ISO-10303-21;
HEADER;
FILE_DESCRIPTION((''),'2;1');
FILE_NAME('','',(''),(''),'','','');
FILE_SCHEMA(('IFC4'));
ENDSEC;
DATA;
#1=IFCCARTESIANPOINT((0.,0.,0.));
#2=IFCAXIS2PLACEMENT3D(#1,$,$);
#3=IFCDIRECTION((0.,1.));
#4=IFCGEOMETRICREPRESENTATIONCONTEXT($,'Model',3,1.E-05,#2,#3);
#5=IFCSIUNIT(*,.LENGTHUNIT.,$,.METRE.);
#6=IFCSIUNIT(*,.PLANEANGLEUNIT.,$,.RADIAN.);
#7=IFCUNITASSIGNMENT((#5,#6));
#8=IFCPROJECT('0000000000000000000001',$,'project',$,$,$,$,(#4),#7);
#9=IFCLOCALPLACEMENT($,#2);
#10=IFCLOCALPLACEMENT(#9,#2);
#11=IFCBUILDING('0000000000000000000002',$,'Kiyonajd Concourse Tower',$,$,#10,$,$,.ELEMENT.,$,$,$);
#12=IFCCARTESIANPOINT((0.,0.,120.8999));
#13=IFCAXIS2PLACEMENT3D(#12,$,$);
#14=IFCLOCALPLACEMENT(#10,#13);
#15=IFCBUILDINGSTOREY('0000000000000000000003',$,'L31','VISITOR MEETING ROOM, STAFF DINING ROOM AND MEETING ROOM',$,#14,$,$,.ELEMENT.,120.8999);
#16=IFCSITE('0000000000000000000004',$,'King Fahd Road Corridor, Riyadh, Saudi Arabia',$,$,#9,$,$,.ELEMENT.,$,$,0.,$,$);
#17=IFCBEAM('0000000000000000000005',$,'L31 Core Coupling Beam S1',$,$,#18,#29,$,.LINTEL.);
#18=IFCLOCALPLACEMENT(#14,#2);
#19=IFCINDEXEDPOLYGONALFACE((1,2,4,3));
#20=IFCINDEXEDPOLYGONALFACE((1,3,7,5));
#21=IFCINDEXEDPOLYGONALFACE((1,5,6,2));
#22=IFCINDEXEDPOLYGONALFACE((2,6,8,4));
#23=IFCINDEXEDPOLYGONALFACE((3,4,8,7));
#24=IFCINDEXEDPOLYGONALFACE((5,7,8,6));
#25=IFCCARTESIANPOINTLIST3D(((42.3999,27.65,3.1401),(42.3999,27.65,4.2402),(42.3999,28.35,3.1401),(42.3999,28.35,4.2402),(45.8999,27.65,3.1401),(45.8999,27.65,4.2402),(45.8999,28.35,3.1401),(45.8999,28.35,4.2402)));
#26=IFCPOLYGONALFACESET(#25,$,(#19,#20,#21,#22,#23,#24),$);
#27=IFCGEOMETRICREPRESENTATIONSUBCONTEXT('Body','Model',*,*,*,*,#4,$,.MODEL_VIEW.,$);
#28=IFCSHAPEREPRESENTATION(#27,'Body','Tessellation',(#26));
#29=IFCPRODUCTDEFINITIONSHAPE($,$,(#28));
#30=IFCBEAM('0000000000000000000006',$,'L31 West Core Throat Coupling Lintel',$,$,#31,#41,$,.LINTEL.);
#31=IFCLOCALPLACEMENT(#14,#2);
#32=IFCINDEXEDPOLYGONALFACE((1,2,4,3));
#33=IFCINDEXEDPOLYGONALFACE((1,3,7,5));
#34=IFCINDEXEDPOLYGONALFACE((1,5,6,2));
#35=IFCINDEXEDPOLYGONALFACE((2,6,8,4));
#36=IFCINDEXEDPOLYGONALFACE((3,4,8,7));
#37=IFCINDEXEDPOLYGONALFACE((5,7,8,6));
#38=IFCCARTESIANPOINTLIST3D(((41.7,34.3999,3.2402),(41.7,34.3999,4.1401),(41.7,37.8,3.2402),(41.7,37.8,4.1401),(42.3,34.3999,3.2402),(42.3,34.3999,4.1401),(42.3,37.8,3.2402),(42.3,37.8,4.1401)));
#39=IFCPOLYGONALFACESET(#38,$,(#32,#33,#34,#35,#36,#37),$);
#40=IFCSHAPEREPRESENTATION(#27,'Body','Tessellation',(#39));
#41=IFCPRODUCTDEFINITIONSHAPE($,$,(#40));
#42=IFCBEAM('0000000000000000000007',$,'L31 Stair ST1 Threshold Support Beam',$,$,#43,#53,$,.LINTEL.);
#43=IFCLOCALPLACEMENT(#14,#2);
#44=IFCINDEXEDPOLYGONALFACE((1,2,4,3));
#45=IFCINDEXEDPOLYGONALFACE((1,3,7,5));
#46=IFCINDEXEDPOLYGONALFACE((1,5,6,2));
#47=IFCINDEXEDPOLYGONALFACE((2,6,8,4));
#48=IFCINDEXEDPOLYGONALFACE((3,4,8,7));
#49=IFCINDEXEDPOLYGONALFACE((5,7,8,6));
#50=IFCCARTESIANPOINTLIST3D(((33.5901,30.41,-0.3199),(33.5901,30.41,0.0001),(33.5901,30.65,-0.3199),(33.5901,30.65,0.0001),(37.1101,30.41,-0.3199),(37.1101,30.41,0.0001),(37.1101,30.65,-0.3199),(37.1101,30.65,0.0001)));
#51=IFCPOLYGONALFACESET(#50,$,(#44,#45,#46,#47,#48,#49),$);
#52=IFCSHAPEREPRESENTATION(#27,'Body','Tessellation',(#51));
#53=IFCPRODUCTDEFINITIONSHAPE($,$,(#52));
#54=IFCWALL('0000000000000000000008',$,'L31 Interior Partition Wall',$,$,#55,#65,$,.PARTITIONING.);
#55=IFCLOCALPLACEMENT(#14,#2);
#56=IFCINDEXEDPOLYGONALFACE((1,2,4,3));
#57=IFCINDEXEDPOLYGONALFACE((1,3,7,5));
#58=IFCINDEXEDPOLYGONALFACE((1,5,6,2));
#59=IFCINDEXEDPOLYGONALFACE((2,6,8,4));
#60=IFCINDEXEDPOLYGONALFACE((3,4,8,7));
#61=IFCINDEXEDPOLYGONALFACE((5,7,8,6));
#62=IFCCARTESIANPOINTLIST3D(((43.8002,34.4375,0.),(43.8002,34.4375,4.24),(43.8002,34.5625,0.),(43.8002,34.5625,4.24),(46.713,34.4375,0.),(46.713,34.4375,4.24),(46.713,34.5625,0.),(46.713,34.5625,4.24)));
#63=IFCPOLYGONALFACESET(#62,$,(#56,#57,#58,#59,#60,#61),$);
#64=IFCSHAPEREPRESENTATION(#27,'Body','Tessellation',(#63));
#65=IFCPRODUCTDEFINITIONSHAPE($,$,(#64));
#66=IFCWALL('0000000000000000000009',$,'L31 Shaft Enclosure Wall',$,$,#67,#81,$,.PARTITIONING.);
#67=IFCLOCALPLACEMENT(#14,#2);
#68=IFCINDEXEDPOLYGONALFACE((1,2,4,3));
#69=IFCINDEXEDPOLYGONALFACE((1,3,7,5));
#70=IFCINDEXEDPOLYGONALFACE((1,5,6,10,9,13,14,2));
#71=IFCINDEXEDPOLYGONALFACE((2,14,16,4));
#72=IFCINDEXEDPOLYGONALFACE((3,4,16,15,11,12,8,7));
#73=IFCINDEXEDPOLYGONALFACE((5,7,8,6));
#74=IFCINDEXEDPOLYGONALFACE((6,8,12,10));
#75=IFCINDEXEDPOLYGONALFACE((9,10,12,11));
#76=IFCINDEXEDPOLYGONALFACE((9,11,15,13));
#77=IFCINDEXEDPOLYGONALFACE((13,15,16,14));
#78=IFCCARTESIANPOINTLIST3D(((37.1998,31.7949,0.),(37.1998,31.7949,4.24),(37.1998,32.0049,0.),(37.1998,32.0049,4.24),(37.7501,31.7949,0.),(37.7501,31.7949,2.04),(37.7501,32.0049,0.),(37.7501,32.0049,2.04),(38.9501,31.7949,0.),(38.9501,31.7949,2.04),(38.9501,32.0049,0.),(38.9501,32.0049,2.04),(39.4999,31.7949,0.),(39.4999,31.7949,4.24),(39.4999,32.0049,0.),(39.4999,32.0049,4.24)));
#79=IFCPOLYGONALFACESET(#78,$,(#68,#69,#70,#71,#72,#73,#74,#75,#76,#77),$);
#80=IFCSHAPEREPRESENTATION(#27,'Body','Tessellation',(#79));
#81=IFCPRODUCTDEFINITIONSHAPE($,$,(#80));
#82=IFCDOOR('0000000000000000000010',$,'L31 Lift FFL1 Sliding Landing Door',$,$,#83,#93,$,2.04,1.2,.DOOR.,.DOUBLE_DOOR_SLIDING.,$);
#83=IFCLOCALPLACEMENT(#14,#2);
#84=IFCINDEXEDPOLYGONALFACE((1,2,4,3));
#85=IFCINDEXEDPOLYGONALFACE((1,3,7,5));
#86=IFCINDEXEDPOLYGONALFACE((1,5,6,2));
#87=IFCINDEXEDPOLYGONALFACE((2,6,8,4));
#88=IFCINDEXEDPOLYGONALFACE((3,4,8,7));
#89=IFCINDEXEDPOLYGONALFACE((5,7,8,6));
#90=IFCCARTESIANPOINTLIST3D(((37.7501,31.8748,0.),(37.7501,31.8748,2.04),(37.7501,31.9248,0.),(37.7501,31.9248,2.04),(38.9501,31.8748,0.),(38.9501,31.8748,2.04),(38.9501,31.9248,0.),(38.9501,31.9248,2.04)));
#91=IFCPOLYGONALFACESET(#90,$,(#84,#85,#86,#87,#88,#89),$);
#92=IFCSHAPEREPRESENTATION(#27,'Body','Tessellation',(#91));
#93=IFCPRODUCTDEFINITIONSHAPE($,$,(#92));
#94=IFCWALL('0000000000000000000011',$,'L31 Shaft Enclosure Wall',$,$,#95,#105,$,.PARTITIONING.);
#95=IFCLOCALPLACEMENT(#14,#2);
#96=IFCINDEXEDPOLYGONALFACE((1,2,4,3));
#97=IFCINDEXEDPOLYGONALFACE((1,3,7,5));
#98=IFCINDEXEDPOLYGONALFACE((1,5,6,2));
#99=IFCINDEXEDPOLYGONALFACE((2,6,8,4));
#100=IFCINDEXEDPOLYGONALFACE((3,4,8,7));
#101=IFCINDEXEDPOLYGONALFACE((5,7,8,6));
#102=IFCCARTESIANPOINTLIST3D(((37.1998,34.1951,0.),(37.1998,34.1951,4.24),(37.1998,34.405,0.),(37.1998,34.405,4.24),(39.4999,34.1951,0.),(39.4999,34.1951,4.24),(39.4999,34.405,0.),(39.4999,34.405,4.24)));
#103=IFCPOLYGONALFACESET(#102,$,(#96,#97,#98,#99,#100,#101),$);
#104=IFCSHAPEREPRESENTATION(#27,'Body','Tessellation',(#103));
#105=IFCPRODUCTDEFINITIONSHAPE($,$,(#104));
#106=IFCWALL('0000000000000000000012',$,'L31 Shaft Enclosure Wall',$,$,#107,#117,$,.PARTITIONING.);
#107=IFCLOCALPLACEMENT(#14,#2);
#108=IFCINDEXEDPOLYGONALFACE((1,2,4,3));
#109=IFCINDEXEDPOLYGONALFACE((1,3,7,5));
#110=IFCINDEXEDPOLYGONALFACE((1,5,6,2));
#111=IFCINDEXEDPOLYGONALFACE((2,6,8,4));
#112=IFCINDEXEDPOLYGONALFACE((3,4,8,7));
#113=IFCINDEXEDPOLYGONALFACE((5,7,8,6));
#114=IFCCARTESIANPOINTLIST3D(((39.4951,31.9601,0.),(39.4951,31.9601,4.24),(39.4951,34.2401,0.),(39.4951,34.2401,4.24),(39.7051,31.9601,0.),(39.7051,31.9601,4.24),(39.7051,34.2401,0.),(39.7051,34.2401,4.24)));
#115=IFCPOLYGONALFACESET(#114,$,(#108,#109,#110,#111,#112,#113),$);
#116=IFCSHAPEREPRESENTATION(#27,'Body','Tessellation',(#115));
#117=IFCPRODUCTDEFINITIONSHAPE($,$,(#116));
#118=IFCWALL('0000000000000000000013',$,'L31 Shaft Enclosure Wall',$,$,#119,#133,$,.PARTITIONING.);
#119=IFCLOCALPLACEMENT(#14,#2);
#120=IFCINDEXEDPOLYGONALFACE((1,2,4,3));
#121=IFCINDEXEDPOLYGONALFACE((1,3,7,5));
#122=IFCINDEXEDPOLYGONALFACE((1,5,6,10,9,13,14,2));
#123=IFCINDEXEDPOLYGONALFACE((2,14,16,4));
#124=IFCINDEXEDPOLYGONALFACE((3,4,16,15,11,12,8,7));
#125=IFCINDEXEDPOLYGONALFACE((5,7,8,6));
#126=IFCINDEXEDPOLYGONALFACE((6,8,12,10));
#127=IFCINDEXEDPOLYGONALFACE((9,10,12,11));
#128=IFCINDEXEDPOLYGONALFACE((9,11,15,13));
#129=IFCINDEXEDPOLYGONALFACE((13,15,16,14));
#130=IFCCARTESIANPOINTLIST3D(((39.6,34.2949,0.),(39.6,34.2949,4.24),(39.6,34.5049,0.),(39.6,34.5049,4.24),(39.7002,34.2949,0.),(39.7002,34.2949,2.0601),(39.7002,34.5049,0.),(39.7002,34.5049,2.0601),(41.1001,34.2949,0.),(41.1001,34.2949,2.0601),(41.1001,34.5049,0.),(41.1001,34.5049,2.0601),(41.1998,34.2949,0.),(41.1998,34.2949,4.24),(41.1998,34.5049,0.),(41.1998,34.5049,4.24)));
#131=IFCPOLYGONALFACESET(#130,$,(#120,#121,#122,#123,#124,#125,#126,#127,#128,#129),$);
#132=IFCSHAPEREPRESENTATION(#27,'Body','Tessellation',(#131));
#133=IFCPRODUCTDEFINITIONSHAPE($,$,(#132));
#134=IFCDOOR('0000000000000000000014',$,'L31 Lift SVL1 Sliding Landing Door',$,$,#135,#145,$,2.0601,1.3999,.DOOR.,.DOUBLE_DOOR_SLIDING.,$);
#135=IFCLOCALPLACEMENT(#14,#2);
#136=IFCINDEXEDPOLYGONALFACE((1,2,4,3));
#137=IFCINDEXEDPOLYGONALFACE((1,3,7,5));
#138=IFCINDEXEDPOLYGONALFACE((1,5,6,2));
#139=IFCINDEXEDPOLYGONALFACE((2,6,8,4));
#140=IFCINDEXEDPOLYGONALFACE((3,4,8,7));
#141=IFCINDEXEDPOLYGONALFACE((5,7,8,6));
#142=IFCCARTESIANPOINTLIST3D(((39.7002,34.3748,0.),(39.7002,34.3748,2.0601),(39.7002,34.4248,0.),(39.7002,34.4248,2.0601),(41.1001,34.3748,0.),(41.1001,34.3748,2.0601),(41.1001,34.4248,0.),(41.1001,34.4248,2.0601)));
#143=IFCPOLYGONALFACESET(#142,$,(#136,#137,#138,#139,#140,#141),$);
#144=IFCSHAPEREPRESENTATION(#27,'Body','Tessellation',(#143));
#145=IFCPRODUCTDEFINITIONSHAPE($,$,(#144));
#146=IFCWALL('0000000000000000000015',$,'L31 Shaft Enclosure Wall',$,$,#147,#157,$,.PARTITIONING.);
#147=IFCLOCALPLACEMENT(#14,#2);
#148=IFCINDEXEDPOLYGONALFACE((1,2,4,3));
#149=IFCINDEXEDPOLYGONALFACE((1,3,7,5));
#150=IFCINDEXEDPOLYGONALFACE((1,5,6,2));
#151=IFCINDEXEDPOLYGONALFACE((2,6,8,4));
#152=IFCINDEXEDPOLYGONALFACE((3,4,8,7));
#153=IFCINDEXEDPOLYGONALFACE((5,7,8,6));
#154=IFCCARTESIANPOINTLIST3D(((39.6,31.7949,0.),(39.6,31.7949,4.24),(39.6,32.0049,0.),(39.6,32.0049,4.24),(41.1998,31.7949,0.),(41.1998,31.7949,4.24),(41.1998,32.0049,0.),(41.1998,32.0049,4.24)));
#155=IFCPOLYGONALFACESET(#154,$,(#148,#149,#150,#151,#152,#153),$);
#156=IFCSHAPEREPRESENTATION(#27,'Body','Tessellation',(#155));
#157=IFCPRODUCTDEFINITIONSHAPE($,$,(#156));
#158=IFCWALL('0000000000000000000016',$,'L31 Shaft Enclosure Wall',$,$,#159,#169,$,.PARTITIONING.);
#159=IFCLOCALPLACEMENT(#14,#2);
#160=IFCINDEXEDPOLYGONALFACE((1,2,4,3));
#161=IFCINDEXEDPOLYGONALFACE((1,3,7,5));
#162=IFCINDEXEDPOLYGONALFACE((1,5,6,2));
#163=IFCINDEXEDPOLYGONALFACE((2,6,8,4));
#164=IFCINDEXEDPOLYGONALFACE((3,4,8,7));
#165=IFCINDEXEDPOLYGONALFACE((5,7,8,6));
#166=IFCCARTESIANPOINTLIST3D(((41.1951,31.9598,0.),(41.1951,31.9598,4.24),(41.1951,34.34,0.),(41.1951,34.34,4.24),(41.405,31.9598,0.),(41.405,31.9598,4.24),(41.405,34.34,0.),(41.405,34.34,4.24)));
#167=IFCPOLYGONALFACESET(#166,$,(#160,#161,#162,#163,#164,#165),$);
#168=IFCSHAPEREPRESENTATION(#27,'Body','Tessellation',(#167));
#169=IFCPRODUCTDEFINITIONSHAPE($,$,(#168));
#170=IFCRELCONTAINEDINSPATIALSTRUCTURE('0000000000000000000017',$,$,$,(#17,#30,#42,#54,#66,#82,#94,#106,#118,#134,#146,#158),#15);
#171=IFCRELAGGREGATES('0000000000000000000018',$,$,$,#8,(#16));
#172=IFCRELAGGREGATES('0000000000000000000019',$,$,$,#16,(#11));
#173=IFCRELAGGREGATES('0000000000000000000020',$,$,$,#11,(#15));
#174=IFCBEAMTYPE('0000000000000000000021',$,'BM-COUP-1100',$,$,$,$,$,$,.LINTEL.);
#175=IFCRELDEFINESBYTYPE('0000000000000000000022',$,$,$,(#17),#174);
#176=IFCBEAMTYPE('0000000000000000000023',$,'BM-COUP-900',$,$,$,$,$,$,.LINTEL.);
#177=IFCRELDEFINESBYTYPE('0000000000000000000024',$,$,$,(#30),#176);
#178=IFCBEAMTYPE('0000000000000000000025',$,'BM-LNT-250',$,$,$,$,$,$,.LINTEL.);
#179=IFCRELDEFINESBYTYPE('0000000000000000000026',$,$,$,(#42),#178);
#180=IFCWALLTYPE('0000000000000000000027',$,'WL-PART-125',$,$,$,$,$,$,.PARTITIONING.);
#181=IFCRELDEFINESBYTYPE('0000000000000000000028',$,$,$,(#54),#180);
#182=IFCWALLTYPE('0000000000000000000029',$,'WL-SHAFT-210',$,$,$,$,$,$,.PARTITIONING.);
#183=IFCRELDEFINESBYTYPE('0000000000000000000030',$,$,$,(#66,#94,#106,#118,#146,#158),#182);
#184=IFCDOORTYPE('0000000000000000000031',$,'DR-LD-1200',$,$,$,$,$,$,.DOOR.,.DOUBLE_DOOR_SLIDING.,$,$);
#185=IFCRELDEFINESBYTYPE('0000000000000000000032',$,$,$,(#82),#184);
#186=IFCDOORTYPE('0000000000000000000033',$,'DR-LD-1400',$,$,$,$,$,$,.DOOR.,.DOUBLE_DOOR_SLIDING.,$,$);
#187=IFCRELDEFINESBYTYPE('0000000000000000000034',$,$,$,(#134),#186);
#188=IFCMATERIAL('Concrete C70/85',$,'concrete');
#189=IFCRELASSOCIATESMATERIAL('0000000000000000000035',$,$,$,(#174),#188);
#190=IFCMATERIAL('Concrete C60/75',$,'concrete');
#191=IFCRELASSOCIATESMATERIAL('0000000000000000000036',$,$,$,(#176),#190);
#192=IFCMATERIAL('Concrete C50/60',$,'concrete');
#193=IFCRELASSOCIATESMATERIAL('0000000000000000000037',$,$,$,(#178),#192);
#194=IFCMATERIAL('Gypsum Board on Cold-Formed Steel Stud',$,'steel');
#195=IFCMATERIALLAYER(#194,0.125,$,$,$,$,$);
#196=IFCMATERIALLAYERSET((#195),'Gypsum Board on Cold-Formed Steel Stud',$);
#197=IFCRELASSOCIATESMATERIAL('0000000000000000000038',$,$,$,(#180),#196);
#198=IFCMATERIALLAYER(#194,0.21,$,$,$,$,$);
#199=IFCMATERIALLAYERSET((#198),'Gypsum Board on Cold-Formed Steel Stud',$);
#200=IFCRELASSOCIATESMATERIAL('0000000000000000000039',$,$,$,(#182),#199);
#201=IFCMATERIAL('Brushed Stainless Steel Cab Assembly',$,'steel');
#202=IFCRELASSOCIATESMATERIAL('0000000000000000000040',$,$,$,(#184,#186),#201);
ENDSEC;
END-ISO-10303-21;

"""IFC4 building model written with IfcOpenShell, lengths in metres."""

from ifc_helpers import new_model, si_unit, direction, frame, frame_2d, origin, origin_2d, place, context, subcontext, project, spatial, rectangle, extrude, material, layer, layer_set, material_profile, profile_set, type_object, element, fill, save


model = new_model("IFC4")

# Units and contexts
model_context = context("Model", 3, precision=1e-05, world=origin(), true_north=direction((0.0, 1.0)))
body_context = subcontext(model_context, "Body", "Model", "MODEL_VIEW")
ifc_project = project(units=[si_unit("LENGTHUNIT", "METRE"), si_unit("PLANEANGLEUNIT", "RADIAN")], contexts=[model_context])

# Site, building, storey
site_placement = place(None, origin())
site = spatial("IfcSite", under=ifc_project, at=site_placement, Name="King Fahd Road Corridor, Riyadh, Saudi Arabia", CompositionType="ELEMENT", RefElevation=0.0)
building_placement = place(site_placement, origin())
building = spatial("IfcBuilding", under=site, at=building_placement, Name="Kiyonajd Concourse Tower", CompositionType="ELEMENT")
storey_placement = place(building_placement, frame((0.0, 0.0, 120.8999)))
storey = spatial("IfcBuildingStorey", under=building, at=storey_placement, Name="L31", Description="VISITOR MEETING ROOM, STAFF DINING ROOM AND MEETING ROOM", CompositionType="ELEMENT", Elevation=120.8999)

# Beams
ifc_material_1 = material(Name="Concrete C70/85", Category="concrete")
ifc_material_profile_1 = material_profile(ifc_material_1, rectangle(XDim=0.7, YDim=1.1001, at=origin_2d()), Name="RCBM-700x1100")
ifc_profile_set_1 = profile_set([ifc_material_profile_1], Name="Concrete C70/85")
beam_type_1 = type_object("IfcBeamType", Name="BM-COUP-1100", PredefinedType="LINTEL", material=ifc_profile_set_1)
beam_1_placement = place(storey_placement, frame((42.3999, 28.0, 3.6902), z_axis=(1.0, 0.0, 0.0), x_axis=(0.0, 1.0, 0.0)))
element("IfcBeam", 1, at=beam_1_placement, inside=storey, type_object=beam_type_1, Name="L31 Core Coupling Beam S1", PredefinedType="LINTEL", context=body_context, shape_type="SweptSolid", body=[
    extrude(rectangle(XDim=0.7, YDim=1.1001, at=origin_2d()), origin(), (0.0, 0.0, 1.0), 3.5),
])
ifc_material_2 = material(Name="Concrete C60/75", Category="concrete")
ifc_material_profile_2 = material_profile(ifc_material_2, rectangle(XDim=0.6001, YDim=0.8999, at=origin_2d()), Name="RCBM-600x900")
ifc_profile_set_2 = profile_set([ifc_material_profile_2], Name="Concrete C60/75")
beam_type_2 = type_object("IfcBeamType", Name="BM-COUP-900", PredefinedType="LINTEL", material=ifc_profile_set_2)
beam_2_placement = place(storey_placement, frame((42.0, 34.3999, 3.6902), z_axis=(0.0, 1.0, 0.0), x_axis=(-1.0, 0.0, 0.0)))
element("IfcBeam", 2, at=beam_2_placement, inside=storey, type_object=beam_type_2, Name="L31 West Core Throat Coupling Lintel", PredefinedType="LINTEL", context=body_context, shape_type="SweptSolid", body=[
    extrude(rectangle(XDim=0.6001, YDim=0.8999, at=origin_2d()), origin(), (0.0, 0.0, 1.0), 3.4001),
])
ifc_material_3 = material(Name="Concrete C50/60", Category="concrete")
ifc_material_profile_3 = material_profile(ifc_material_3, rectangle(XDim=0.24, YDim=0.3201, at=origin_2d()), Name="RCBM-240x320")
ifc_profile_set_3 = profile_set([ifc_material_profile_3], Name="Concrete C50/60")
beam_type_3 = type_object("IfcBeamType", Name="BM-LNT-250", PredefinedType="LINTEL", material=ifc_profile_set_3)
beam_3_placement = place(storey_placement, frame((33.5901, 30.53, -0.1599), z_axis=(1.0, 0.0, 0.0), x_axis=(0.0, 1.0, 0.0)))
element("IfcBeam", 3, at=beam_3_placement, inside=storey, type_object=beam_type_3, Name="L31 Stair ST1 Threshold Support Beam", PredefinedType="LINTEL", context=body_context, shape_type="SweptSolid", body=[
    extrude(rectangle(XDim=0.24, YDim=0.3201, at=origin_2d()), origin(), (0.0, 0.0, 1.0), 3.52),
])

# Wall
ifc_material_4 = material(Name="Gypsum Board on Cold-Formed Steel Stud", Category="steel")
ifc_layer_1 = layer(ifc_material_4, 0.125)
ifc_layer_set_1 = layer_set([ifc_layer_1], Name="Gypsum Board on Cold-Formed Steel Stud")
wall_type_1 = type_object("IfcWallType", Name="WL-PART-125", PredefinedType="PARTITIONING", material=ifc_layer_set_1)
wall_1_placement = place(storey_placement, frame((43.8, 34.5, 0.0), z_axis=(0.0, 0.0, 1.0), x_axis=(1.0, 0.0, 0.0)))
element("IfcWall", 4, at=wall_1_placement, inside=storey, type_object=wall_type_1, Name="L31 Interior Partition Wall", PredefinedType="PARTITIONING", context=body_context, shape_type="SweptSolid", body=[
    extrude(rectangle(XDim=2.9128, YDim=0.125, at=frame_2d((1.4565, 0.0))), origin(), (0.0, 0.0, 1.0), 4.24),
])

# Wall, opening, door
ifc_layer_2 = layer(ifc_material_4, 0.21)
ifc_layer_set_2 = layer_set([ifc_layer_2], Name="Gypsum Board on Cold-Formed Steel Stud")
wall_type_2 = type_object("IfcWallType", Name="WL-SHAFT-210", PredefinedType="PARTITIONING", material=ifc_layer_set_2)
wall_2_placement = place(storey_placement, frame((37.2, 31.8999, 0.0), z_axis=(0.0, 0.0, 1.0), x_axis=(1.0, 0.0, 0.0)))
wall_2 = element("IfcWall", 5, at=wall_2_placement, inside=storey, type_object=wall_type_2, Name="L31 Shaft Enclosure Wall", PredefinedType="PARTITIONING", context=body_context, shape_type="SweptSolid", body=[
    extrude(rectangle(XDim=2.3, YDim=0.21, at=frame_2d((1.1499, 0.0))), origin(), (0.0, 0.0, 1.0), 4.24),
])
opening_1_placement = place(wall_2_placement, frame((0.55, 0.0, 0.0)))
opening_1 = element("IfcOpeningElement", 6, at=opening_1_placement, cuts=wall_2, PredefinedType="OPENING", context=body_context, shape_type="SweptSolid", body=[
    extrude(rectangle(XDim=1.2, YDim=2.04, at=frame_2d((0.6001, 1.02))), frame((0.0, 0.115, 0.0), z_axis=(0.0, -1.0, 0.0), x_axis=(1.0, 0.0, 0.0)), (0.0, 0.0, 1.0), 0.23),
])
ifc_material_5 = material(Name="Brushed Stainless Steel Cab Assembly", Category="steel")
door_type_1 = type_object("IfcDoorType", Name="DR-LD-1200", OperationType="DOUBLE_DOOR_SLIDING", PredefinedType="DOOR", material=ifc_material_5)
door_1_placement = place(opening_1_placement, origin())
door_1 = element("IfcDoor", 7, at=door_1_placement, inside=storey, type_object=door_type_1, Name="L31 Lift FFL1 Sliding Landing Door", OperationType="DOUBLE_DOOR_SLIDING", OverallHeight=2.04, OverallWidth=1.2, PredefinedType="DOOR", context=body_context, shape_type="SweptSolid", body=[
    extrude(rectangle(XDim=1.2, YDim=2.04, at=frame_2d((0.6001, 1.02))), frame((0.0, 0.0249, 0.0), z_axis=(0.0, -1.0, 0.0), x_axis=(1.0, 0.0, 0.0)), (0.0, 0.0, 1.0), 0.05),
])
fill(opening_1, door_1)

# Walls
wall_3_placement = place(storey_placement, frame((37.2, 34.3, 0.0), z_axis=(0.0, 0.0, 1.0), x_axis=(1.0, 0.0, 0.0)))
element("IfcWall", 8, at=wall_3_placement, inside=storey, type_object=wall_type_2, Name="L31 Shaft Enclosure Wall", PredefinedType="PARTITIONING", context=body_context, shape_type="SweptSolid", body=[
    extrude(rectangle(XDim=2.3, YDim=0.21, at=frame_2d((1.1499, 0.0))), origin(), (0.0, 0.0, 1.0), 4.24),
])
wall_4_placement = place(storey_placement, frame((39.6001, 31.96, 0.0), z_axis=(0.0, 0.0, 1.0), x_axis=(0.0, 1.0, 0.0)))
element("IfcWall", 9, at=wall_4_placement, inside=storey, type_object=wall_type_2, Name="L31 Shaft Enclosure Wall", PredefinedType="PARTITIONING", context=body_context, shape_type="SweptSolid", body=[
    extrude(rectangle(XDim=2.28, YDim=0.21, at=frame_2d((1.1401, 0.0))), origin(), (0.0, 0.0, 1.0), 4.24),
])

# Wall, opening, door
wall_5_placement = place(storey_placement, frame((39.6001, 34.3999, 0.0), z_axis=(0.0, 0.0, 1.0), x_axis=(1.0, 0.0, 0.0)))
wall_5 = element("IfcWall", 10, at=wall_5_placement, inside=storey, type_object=wall_type_2, Name="L31 Shaft Enclosure Wall", PredefinedType="PARTITIONING", context=body_context, shape_type="SweptSolid", body=[
    extrude(rectangle(XDim=1.5999, YDim=0.21, at=frame_2d((0.7998, 0.0))), origin(), (0.0, 0.0, 1.0), 4.24),
])
opening_2_placement = place(wall_5_placement, frame((0.1001, 0.0, 0.0)))
opening_2 = element("IfcOpeningElement", 11, at=opening_2_placement, cuts=wall_5, PredefinedType="OPENING", context=body_context, shape_type="SweptSolid", body=[
    extrude(rectangle(XDim=1.3999, YDim=2.0601, at=frame_2d((0.7, 1.03))), frame((0.0, 0.115, 0.0), z_axis=(0.0, -1.0, 0.0), x_axis=(1.0, 0.0, 0.0)), (0.0, 0.0, 1.0), 0.23),
])
door_type_2 = type_object("IfcDoorType", Name="DR-LD-1400", OperationType="DOUBLE_DOOR_SLIDING", PredefinedType="DOOR", material=ifc_material_5)
door_2_placement = place(opening_2_placement, origin())
door_2 = element("IfcDoor", 12, at=door_2_placement, inside=storey, type_object=door_type_2, Name="L31 Lift SVL1 Sliding Landing Door", OperationType="DOUBLE_DOOR_SLIDING", OverallHeight=2.0601, OverallWidth=1.3999, PredefinedType="DOOR", context=body_context, shape_type="SweptSolid", body=[
    extrude(rectangle(XDim=1.3999, YDim=2.0601, at=frame_2d((0.7, 1.03))), frame((0.0, 0.0249, 0.0), z_axis=(0.0, -1.0, 0.0), x_axis=(1.0, 0.0, 0.0)), (0.0, 0.0, 1.0), 0.05),
])
fill(opening_2, door_2)

# Walls
wall_6_placement = place(storey_placement, frame((39.6001, 31.8999, 0.0), z_axis=(0.0, 0.0, 1.0), x_axis=(1.0, 0.0, 0.0)))
element("IfcWall", 13, at=wall_6_placement, inside=storey, type_object=wall_type_2, Name="L31 Shaft Enclosure Wall", PredefinedType="PARTITIONING", context=body_context, shape_type="SweptSolid", body=[
    extrude(rectangle(XDim=1.5999, YDim=0.21, at=frame_2d((0.7998, 0.0))), origin(), (0.0, 0.0, 1.0), 4.24),
])
wall_7_placement = place(storey_placement, frame((41.3, 31.96, 0.0), z_axis=(0.0, 0.0, 1.0), x_axis=(0.0, 1.0, 0.0)))
element("IfcWall", 14, at=wall_7_placement, inside=storey, type_object=wall_type_2, Name="L31 Shaft Enclosure Wall", PredefinedType="PARTITIONING", context=body_context, shape_type="SweptSolid", body=[
    extrude(rectangle(XDim=2.3801, YDim=0.21, at=frame_2d((1.1899, 0.0))), origin(), (0.0, 0.0, 1.0), 4.24),
])

save(model, "model.ifc")
